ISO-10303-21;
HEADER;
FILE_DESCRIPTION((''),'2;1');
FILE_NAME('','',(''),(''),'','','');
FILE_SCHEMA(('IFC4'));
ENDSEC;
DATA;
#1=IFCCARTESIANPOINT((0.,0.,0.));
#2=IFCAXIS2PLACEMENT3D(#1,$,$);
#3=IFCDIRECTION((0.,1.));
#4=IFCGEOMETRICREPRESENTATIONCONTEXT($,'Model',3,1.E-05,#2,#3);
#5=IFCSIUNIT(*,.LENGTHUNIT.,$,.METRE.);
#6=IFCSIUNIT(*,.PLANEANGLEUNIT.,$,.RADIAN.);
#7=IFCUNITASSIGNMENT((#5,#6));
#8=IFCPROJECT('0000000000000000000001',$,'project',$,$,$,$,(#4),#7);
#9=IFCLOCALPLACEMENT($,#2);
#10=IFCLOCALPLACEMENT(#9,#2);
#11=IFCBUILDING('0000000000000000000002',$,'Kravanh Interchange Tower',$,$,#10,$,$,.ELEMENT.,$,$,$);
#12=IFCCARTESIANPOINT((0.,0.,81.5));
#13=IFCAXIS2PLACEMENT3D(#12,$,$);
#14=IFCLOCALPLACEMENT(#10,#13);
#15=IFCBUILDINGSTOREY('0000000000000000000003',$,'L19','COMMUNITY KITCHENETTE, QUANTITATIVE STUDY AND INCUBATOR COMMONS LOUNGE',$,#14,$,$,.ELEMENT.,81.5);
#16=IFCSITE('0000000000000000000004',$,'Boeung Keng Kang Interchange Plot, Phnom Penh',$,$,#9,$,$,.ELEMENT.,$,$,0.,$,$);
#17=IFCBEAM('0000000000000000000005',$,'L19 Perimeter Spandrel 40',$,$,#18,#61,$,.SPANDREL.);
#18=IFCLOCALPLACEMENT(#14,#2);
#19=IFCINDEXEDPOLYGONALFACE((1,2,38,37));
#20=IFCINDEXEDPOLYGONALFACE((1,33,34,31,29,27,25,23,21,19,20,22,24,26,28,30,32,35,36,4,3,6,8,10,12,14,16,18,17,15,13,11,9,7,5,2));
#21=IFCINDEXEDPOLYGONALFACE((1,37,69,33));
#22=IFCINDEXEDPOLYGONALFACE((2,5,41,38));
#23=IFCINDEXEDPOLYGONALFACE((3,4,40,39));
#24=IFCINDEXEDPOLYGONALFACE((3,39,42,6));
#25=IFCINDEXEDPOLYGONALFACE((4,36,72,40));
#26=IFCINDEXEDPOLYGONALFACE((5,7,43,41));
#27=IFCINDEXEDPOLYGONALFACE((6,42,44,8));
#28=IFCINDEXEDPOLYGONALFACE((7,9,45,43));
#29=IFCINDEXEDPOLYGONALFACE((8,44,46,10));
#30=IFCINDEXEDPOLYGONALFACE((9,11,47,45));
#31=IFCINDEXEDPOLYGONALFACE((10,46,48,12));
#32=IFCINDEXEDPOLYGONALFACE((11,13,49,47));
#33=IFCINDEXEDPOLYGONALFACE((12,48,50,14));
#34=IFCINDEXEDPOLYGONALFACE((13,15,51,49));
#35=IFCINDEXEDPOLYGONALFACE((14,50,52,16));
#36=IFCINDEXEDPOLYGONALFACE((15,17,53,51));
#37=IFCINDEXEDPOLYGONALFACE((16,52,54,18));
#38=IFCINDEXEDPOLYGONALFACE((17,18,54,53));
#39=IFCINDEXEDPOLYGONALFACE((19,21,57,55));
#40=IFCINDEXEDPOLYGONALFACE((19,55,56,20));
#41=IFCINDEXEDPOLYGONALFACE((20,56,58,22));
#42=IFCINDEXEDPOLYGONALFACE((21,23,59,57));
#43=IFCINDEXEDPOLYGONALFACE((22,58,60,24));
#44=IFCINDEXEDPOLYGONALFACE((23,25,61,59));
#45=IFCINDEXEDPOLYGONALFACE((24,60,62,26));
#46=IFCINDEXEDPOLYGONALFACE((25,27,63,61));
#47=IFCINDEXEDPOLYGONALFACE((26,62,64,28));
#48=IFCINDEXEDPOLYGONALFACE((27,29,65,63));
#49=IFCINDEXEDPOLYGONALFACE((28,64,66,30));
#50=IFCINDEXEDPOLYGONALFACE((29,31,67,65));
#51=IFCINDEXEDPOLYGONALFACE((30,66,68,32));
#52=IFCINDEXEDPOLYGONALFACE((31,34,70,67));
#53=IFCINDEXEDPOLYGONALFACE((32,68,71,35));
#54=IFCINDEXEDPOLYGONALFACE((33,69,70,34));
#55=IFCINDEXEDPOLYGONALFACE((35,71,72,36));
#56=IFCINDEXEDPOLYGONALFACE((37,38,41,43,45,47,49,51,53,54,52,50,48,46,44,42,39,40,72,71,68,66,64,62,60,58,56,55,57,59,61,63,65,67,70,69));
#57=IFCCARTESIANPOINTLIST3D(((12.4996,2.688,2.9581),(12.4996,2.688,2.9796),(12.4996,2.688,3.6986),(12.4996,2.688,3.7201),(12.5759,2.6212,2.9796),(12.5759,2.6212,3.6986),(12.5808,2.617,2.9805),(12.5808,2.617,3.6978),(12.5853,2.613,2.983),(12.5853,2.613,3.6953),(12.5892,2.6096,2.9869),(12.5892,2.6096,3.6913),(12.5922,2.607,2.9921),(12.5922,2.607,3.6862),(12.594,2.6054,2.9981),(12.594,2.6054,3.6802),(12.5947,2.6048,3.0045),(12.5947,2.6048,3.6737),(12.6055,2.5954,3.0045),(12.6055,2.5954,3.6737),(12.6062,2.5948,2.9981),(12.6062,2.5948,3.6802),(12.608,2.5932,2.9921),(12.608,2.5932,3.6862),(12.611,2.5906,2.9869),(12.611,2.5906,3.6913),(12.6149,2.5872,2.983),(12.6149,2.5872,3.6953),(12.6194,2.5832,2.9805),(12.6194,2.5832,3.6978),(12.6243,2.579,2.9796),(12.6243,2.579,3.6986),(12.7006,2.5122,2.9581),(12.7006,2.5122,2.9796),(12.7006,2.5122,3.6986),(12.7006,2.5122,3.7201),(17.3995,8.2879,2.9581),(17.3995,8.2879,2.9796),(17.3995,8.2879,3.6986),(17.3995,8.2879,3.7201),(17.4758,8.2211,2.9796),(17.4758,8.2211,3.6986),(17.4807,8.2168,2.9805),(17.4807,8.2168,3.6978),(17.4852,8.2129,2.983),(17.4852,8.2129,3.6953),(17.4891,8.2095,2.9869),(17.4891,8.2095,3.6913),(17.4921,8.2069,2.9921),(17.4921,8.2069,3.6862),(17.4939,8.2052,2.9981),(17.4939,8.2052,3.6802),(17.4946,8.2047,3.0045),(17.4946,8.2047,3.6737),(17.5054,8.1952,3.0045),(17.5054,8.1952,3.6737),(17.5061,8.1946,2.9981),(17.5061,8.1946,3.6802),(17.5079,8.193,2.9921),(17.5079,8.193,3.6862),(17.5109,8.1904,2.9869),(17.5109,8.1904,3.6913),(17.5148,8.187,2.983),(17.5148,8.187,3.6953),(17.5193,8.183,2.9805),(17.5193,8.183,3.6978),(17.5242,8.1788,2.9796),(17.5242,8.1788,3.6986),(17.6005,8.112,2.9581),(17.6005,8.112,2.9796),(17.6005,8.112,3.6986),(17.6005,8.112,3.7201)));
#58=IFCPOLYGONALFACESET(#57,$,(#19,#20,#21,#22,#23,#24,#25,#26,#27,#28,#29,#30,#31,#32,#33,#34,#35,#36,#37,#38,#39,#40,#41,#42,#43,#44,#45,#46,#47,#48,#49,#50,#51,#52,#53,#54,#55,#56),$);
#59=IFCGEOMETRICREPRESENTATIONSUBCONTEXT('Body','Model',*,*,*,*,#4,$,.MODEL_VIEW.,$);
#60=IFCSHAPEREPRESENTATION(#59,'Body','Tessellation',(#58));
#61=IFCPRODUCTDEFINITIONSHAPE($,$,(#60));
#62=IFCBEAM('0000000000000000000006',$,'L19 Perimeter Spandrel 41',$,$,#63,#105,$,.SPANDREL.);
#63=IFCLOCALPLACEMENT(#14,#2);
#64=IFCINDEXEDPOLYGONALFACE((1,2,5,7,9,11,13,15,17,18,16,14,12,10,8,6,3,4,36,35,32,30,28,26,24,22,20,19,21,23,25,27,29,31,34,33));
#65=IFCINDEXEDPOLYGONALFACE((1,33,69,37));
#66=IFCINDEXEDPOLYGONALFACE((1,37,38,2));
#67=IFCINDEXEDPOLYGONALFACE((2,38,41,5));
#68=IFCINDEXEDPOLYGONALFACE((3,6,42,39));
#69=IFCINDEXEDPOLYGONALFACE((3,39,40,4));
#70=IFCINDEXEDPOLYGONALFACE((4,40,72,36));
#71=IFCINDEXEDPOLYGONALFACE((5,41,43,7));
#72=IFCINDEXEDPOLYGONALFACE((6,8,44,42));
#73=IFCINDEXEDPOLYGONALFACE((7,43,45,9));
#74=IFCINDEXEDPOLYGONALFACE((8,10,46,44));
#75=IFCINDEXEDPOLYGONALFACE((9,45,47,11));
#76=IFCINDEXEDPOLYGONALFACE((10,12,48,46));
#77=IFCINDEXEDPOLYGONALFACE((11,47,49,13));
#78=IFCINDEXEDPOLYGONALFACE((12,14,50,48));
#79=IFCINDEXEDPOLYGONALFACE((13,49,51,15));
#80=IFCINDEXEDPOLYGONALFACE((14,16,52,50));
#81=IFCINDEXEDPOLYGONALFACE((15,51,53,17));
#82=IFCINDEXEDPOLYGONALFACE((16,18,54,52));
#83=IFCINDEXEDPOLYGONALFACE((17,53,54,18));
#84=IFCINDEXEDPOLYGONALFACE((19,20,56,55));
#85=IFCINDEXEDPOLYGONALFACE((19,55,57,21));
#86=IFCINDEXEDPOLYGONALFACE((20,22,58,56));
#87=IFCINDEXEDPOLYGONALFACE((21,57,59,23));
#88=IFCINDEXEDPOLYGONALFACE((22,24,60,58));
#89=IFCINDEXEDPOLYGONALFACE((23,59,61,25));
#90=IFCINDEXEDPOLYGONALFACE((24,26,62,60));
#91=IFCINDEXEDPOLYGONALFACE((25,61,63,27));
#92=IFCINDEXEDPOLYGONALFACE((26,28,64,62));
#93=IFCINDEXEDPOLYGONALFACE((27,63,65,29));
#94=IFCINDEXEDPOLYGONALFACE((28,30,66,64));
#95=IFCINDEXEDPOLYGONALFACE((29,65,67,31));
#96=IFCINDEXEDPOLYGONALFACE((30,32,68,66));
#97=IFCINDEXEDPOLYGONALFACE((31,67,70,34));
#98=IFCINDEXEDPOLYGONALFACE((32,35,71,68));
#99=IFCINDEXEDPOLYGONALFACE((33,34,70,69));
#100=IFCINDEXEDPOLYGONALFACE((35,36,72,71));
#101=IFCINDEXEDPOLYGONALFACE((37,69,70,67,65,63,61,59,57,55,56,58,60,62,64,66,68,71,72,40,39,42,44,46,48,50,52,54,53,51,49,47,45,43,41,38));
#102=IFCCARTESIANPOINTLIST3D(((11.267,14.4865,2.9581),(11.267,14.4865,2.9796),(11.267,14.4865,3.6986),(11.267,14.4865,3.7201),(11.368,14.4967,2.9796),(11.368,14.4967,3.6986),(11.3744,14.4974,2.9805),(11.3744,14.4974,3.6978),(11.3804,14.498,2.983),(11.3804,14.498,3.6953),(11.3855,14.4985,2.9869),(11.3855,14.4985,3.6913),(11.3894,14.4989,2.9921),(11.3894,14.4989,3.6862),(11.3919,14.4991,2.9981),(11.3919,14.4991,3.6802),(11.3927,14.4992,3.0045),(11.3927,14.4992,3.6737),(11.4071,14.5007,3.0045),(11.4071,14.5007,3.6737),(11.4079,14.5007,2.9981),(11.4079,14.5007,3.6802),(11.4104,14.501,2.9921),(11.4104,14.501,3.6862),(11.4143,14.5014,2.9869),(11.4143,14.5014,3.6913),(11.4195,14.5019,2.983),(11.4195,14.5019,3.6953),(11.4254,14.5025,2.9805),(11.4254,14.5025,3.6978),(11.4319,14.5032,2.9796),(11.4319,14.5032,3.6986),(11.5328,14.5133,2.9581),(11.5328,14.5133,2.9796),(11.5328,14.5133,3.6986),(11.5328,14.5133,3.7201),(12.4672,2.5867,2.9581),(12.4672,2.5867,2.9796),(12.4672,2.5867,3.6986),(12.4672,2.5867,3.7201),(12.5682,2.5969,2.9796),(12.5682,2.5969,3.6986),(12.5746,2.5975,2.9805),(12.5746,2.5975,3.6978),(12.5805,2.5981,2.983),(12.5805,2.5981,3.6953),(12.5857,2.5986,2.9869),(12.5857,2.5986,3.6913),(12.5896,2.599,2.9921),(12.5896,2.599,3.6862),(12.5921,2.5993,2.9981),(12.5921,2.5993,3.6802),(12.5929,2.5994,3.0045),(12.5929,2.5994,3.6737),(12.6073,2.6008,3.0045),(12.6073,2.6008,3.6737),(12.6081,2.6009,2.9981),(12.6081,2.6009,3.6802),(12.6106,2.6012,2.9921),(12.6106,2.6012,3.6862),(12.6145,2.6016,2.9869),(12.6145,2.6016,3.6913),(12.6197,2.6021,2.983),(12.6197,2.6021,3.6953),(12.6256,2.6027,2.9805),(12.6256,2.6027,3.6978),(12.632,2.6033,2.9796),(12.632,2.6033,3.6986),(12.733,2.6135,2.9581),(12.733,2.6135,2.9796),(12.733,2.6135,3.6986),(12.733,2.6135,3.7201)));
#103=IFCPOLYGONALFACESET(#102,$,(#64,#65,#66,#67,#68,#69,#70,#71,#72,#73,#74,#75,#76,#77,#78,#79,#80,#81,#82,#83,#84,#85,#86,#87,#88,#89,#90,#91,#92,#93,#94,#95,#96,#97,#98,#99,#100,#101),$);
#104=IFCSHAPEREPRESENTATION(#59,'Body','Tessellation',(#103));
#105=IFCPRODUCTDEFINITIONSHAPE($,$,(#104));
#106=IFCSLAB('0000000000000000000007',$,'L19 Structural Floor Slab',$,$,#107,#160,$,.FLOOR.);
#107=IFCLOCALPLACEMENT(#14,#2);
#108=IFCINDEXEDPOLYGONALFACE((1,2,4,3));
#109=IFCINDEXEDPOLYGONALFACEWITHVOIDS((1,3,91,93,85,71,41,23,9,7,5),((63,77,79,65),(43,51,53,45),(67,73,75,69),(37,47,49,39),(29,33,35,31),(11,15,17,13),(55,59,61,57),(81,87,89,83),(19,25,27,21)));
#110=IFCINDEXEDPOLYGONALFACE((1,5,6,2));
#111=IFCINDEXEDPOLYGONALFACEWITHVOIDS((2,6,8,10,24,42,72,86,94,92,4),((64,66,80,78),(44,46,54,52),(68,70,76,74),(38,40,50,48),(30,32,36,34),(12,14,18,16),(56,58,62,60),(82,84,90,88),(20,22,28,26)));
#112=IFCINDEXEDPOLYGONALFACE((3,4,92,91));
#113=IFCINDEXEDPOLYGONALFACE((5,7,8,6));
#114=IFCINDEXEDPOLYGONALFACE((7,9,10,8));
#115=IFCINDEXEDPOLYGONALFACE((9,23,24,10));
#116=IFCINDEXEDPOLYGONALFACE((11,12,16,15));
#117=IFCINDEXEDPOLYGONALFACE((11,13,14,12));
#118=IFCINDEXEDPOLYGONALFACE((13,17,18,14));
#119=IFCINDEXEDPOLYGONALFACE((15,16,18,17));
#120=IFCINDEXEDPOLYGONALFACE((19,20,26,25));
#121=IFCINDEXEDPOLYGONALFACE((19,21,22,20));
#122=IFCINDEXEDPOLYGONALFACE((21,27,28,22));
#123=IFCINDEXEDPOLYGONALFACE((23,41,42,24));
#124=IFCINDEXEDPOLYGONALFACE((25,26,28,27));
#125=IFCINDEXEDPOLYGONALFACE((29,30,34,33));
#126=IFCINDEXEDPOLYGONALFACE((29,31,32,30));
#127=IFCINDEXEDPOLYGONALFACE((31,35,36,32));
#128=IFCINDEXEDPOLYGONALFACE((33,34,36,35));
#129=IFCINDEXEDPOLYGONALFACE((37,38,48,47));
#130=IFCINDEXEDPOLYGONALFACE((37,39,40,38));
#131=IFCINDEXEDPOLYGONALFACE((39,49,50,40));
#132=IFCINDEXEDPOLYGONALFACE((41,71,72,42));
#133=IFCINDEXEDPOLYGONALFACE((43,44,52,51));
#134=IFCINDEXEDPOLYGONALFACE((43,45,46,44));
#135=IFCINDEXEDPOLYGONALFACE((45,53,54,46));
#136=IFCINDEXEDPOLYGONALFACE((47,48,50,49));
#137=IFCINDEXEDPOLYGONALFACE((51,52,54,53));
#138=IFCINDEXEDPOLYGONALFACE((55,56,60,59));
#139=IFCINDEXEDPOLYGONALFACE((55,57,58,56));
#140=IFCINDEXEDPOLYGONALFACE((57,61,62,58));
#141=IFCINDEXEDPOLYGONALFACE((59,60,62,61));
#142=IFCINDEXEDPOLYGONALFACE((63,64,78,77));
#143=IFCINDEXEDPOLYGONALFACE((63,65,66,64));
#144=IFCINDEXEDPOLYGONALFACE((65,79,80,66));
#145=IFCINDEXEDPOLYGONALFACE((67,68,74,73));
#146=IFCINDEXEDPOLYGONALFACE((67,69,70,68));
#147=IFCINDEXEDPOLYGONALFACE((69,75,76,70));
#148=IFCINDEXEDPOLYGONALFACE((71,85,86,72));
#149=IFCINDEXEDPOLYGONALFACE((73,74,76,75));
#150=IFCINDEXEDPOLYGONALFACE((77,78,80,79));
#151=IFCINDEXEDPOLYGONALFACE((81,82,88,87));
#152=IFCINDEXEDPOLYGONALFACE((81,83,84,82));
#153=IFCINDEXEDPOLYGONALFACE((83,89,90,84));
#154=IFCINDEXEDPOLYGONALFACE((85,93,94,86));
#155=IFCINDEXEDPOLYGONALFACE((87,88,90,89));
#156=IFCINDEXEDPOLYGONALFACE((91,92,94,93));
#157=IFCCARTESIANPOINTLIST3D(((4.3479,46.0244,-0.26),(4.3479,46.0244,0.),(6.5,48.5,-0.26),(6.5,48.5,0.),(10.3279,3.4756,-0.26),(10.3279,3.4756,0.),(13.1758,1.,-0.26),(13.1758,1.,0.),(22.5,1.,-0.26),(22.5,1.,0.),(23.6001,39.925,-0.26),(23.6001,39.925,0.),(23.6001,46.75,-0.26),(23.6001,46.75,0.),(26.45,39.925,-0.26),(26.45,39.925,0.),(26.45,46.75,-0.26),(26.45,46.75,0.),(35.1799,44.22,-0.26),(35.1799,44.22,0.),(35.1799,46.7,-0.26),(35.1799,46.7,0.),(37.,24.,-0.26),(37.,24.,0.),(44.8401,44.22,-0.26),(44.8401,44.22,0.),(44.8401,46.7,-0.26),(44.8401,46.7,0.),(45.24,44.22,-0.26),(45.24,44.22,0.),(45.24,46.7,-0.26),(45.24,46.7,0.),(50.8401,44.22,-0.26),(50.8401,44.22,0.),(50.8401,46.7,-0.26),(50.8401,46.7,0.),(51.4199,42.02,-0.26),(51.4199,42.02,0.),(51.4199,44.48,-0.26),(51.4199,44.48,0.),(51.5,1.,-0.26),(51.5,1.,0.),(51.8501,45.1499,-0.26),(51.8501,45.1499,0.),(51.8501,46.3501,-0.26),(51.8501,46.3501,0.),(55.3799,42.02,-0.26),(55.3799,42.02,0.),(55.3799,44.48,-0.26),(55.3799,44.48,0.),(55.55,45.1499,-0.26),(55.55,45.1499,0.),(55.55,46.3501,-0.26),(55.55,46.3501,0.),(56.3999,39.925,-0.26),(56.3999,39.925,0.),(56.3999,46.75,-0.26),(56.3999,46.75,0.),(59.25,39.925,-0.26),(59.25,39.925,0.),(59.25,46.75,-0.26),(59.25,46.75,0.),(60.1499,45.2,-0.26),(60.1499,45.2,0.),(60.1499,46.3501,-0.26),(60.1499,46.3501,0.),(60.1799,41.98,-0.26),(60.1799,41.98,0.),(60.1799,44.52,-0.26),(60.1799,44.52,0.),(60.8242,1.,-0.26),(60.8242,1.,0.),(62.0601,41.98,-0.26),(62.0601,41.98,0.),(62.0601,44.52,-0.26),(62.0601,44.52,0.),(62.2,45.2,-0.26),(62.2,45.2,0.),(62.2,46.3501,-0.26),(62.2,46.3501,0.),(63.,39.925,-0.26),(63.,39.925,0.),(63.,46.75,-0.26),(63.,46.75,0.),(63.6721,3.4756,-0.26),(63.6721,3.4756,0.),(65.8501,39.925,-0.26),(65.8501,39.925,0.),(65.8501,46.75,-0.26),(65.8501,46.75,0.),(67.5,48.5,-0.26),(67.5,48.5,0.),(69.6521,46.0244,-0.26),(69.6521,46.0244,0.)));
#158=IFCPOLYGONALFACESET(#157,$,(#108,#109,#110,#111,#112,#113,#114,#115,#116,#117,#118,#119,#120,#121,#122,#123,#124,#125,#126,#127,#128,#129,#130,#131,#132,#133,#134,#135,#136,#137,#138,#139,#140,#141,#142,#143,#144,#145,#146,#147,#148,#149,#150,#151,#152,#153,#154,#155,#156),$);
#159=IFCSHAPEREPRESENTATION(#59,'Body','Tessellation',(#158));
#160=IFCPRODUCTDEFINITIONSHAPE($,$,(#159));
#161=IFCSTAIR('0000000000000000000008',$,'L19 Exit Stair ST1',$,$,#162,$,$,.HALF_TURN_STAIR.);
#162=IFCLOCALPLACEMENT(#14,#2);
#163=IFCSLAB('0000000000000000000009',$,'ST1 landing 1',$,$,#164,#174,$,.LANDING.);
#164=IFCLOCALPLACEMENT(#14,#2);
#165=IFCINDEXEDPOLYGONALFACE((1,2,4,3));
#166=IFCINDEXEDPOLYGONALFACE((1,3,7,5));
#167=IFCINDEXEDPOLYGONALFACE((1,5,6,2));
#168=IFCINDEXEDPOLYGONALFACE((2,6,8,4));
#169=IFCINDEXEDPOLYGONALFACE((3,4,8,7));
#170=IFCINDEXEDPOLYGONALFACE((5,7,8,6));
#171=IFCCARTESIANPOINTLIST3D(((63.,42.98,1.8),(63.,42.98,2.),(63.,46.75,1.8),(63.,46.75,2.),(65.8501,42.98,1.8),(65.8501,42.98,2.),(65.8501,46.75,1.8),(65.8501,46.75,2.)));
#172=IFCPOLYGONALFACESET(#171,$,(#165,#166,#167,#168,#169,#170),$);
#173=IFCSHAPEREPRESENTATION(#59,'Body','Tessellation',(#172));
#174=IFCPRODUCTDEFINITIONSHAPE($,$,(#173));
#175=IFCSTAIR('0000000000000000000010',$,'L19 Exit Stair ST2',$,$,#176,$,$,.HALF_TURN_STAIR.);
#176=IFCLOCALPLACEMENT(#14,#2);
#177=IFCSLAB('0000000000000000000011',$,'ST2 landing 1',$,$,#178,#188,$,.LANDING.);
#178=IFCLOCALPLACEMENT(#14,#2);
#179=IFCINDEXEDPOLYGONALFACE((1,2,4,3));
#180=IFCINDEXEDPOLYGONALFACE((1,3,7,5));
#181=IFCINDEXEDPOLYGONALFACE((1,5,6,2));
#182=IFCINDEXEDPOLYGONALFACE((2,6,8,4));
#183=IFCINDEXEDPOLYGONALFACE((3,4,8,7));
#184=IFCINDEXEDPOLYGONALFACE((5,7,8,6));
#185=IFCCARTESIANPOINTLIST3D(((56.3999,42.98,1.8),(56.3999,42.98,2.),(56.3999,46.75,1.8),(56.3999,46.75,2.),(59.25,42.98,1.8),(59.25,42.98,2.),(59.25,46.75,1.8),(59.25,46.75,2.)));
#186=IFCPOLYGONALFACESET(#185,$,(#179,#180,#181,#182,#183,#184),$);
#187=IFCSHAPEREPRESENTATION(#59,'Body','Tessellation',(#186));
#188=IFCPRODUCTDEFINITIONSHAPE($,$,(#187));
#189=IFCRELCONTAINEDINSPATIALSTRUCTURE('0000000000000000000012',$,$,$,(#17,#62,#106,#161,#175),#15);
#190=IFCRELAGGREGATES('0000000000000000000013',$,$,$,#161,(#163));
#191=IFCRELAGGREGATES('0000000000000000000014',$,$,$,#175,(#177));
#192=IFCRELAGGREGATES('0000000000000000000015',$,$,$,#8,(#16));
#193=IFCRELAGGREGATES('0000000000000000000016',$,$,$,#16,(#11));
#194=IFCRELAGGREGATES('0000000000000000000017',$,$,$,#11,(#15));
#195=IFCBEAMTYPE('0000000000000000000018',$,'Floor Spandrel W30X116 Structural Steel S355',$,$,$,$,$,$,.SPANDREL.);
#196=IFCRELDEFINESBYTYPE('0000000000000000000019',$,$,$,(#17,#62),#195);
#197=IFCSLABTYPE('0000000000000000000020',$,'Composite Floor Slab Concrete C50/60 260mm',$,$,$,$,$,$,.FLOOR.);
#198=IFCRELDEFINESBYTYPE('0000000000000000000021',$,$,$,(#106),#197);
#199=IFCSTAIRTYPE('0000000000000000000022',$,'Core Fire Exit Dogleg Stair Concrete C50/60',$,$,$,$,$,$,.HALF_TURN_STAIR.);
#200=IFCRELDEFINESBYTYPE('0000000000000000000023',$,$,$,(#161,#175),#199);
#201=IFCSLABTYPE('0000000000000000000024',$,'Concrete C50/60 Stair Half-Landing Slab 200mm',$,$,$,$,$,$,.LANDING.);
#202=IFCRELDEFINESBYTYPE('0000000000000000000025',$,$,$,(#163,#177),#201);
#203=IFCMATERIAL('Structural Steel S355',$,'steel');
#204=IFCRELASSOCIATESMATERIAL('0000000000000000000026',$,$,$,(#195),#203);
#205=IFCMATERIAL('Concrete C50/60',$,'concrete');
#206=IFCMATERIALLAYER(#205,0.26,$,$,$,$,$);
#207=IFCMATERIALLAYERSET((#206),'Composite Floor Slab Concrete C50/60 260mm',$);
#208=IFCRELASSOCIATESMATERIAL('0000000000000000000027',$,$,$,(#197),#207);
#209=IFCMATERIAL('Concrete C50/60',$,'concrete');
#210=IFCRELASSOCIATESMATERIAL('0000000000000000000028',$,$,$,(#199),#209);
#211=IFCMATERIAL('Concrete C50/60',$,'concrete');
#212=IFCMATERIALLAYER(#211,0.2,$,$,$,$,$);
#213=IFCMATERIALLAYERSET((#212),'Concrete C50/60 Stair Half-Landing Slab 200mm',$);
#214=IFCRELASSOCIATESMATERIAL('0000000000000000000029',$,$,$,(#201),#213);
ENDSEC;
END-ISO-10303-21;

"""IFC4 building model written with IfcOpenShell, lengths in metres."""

from ifc_helpers import new_model, si_unit, direction, frame, origin, origin_2d, place, context, subcontext, project, spatial, polyline, i_section, outline, extrude, material, layer, layer_set, material_profile, profile_set, type_object, element, aggregate, save


model = new_model("IFC4")

# Units and contexts
model_context = context("Model", 3, precision=1e-05, world=origin(), true_north=direction((0.0, 1.0)))
body_context = subcontext(model_context, "Body", "Model", "MODEL_VIEW")
ifc_project = project(units=[si_unit("LENGTHUNIT", "METRE"), si_unit("PLANEANGLEUNIT", "RADIAN")], contexts=[model_context])

# Site, building, storey
site_placement = place(None, origin())
site = spatial("IfcSite", under=ifc_project, at=site_placement, Name="Boeung Keng Kang Interchange Plot, Phnom Penh", CompositionType="ELEMENT", RefElevation=0.0)
building_placement = place(site_placement, origin())
building = spatial("IfcBuilding", under=site, at=building_placement, Name="Kravanh Interchange Tower", CompositionType="ELEMENT")
storey_placement = place(building_placement, frame((0.0, 0.0, 81.5)))
storey = spatial("IfcBuildingStorey", under=building, at=storey_placement, Name="L19", Description="COMMUNITY KITCHENETTE, QUANTITATIVE STUDY AND INCUBATOR COMMONS LOUNGE", CompositionType="ELEMENT", Elevation=81.5)

# Beams
ifc_material_1 = material(Name="Structural Steel S355", Category="steel")
ifc_material_profile_1 = material_profile(ifc_material_1, i_section(OverallWidth=0.2671, OverallDepth=0.762, WebThickness=0.0144, FlangeThickness=0.0215, FilletRadius=0.0249, at=origin_2d()), Name="W30X116")
ifc_profile_set_1 = profile_set([ifc_material_profile_1], Name="Structural Steel S355")
beam_type_1 = type_object("IfcBeamType", Name="Floor Spandrel W30X116 Structural Steel S355", PredefinedType="SPANDREL", material=ifc_profile_set_1)
beam_1_placement = place(storey_placement, frame((12.6001, 2.6001, 3.3391), z_axis=(0.658507, 0.752575, 0.0), x_axis=(-0.752575, 0.658507, 0.0)))
element("IfcBeam", 1, at=beam_1_placement, inside=storey, type_object=beam_type_1, Name="L19 Perimeter Spandrel 40", PredefinedType="SPANDREL", context=body_context, shape_type="SweptSolid", body=[
    extrude(i_section(OverallWidth=0.2671, OverallDepth=0.762, WebThickness=0.0144, FlangeThickness=0.0215, FilletRadius=0.0249, at=origin_2d()), origin(), (0.0, 0.0, 1.0), 7.4409),
])
beam_2_placement = place(storey_placement, frame((12.6001, 2.6001, 3.3391), z_axis=(-0.100348, 0.994952, 0.0), x_axis=(-0.994952, -0.100348, 0.0)))
element("IfcBeam", 2, at=beam_2_placement, inside=storey, type_object=beam_type_1, Name="L19 Perimeter Spandrel 41", PredefinedType="SPANDREL", context=body_context, shape_type="SweptSolid", body=[
    extrude(i_section(OverallWidth=0.2671, OverallDepth=0.762, WebThickness=0.0144, FlangeThickness=0.0215, FilletRadius=0.0249, at=origin_2d()), origin(), (0.0, 0.0, 1.0), 11.9602),
])

# Slab
ifc_material_2 = material(Name="Concrete C50/60", Category="concrete")
ifc_layer_1 = layer(ifc_material_2, 0.26)
ifc_layer_set_1 = layer_set([ifc_layer_1], Name="Composite Floor Slab Concrete C50/60 260mm")
slab_type_1 = type_object("IfcSlabType", Name="Composite Floor Slab Concrete C50/60 260mm", PredefinedType="FLOOR", material=ifc_layer_set_1)
slab_1_placement = place(storey_placement, frame((0.0, 0.0, -0.26)))
element("IfcSlab", 3, at=slab_1_placement, inside=storey, type_object=slab_type_1, Name="L19 Structural Floor Slab", PredefinedType="FLOOR", context=body_context, shape_type="SweptSolid", body=[
    extrude(outline(polyline([(10.3279, 3.4756), (13.1758, 1.0), (22.5, 1.0), (37.0, 24.0), (51.5, 1.0), (60.8242, 1.0), (63.6721, 3.4756), (69.6521, 46.0244), (67.5, 48.5), (6.5, 48.5), (4.3479, 46.0244), (10.3279, 3.4756)]), holes=[polyline([(65.8501, 39.925), (65.8501, 46.75), (63.0, 46.75), (63.0, 39.925), (65.8501, 39.925)]), polyline([(59.25, 39.925), (59.25, 46.75), (56.3999, 46.75), (56.3999, 39.925), (59.25, 39.925)]), polyline([(26.45, 39.925), (26.45, 46.75), (23.6001, 46.75), (23.6001, 39.925), (26.45, 39.925)]), polyline([(35.1799, 44.22), (44.8401, 44.22), (44.8401, 46.7), (35.1799, 46.7), (35.1799, 44.22)]), polyline([(45.24, 44.22), (50.8401, 44.22), (50.8401, 46.7), (45.24, 46.7), (45.24, 44.22)]), polyline([(51.4199, 42.02), (55.3799, 42.02), (55.3799, 44.48), (51.4199, 44.48), (51.4199, 42.02)]), polyline([(60.1799, 41.98), (62.0601, 41.98), (62.0601, 44.52), (60.1799, 44.52), (60.1799, 41.98)]), polyline([(60.1499, 45.2), (62.2, 45.2), (62.2, 46.3501), (60.1499, 46.3501), (60.1499, 45.2)]), polyline([(51.8501, 45.1499), (55.55, 45.1499), (55.55, 46.3501), (51.8501, 46.3501), (51.8501, 45.1499)])]), origin(), (0.0, 0.0, 1.0), 0.26),
])

# Stairs, slabs
ifc_material_3 = material(Name="Concrete C50/60", Category="concrete")
stair_type = type_object("IfcStairType", Name="Core Fire Exit Dogleg Stair Concrete C50/60", PredefinedType="HALF_TURN_STAIR", material=ifc_material_3)
stair_1_placement = place(storey_placement, origin())
stair_1 = element("IfcStair", 4, at=stair_1_placement, inside=storey, type_object=stair_type, Name="L19 Exit Stair ST1", PredefinedType="HALF_TURN_STAIR")
ifc_material_4 = material(Name="Concrete C50/60", Category="concrete")
ifc_layer_2 = layer(ifc_material_4, 0.2)
ifc_layer_set_2 = layer_set([ifc_layer_2], Name="Concrete C50/60 Stair Half-Landing Slab 200mm")
slab_type_2 = type_object("IfcSlabType", Name="Concrete C50/60 Stair Half-Landing Slab 200mm", PredefinedType="LANDING", material=ifc_layer_set_2)
slab_2_placement = place(storey_placement, frame((0.0, 0.0, 1.8)))
slab_2 = element("IfcSlab", 5, at=slab_2_placement, type_object=slab_type_2, Name="ST1 landing 1", PredefinedType="LANDING", context=body_context, shape_type="SweptSolid", body=[
    extrude(outline(polyline([(65.8501, 42.98), (65.8501, 46.75), (63.0, 46.75), (63.0, 42.98), (65.8501, 42.98)])), origin(), (0.0, 0.0, 1.0), 0.2),
])
aggregate(stair_1, [slab_2])
stair_2_placement = place(storey_placement, origin())
stair_2 = element("IfcStair", 6, at=stair_2_placement, inside=storey, type_object=stair_type, Name="L19 Exit Stair ST2", PredefinedType="HALF_TURN_STAIR")
slab_3_placement = place(storey_placement, frame((0.0, 0.0, 1.8)))
slab_3 = element("IfcSlab", 7, at=slab_3_placement, type_object=slab_type_2, Name="ST2 landing 1", PredefinedType="LANDING", context=body_context, shape_type="SweptSolid", body=[
    extrude(outline(polyline([(59.25, 42.98), (59.25, 46.75), (56.3999, 46.75), (56.3999, 42.98), (59.25, 42.98)])), origin(), (0.0, 0.0, 1.0), 0.2),
])
aggregate(stair_2, [slab_3])

save(model, "model.ifc")
